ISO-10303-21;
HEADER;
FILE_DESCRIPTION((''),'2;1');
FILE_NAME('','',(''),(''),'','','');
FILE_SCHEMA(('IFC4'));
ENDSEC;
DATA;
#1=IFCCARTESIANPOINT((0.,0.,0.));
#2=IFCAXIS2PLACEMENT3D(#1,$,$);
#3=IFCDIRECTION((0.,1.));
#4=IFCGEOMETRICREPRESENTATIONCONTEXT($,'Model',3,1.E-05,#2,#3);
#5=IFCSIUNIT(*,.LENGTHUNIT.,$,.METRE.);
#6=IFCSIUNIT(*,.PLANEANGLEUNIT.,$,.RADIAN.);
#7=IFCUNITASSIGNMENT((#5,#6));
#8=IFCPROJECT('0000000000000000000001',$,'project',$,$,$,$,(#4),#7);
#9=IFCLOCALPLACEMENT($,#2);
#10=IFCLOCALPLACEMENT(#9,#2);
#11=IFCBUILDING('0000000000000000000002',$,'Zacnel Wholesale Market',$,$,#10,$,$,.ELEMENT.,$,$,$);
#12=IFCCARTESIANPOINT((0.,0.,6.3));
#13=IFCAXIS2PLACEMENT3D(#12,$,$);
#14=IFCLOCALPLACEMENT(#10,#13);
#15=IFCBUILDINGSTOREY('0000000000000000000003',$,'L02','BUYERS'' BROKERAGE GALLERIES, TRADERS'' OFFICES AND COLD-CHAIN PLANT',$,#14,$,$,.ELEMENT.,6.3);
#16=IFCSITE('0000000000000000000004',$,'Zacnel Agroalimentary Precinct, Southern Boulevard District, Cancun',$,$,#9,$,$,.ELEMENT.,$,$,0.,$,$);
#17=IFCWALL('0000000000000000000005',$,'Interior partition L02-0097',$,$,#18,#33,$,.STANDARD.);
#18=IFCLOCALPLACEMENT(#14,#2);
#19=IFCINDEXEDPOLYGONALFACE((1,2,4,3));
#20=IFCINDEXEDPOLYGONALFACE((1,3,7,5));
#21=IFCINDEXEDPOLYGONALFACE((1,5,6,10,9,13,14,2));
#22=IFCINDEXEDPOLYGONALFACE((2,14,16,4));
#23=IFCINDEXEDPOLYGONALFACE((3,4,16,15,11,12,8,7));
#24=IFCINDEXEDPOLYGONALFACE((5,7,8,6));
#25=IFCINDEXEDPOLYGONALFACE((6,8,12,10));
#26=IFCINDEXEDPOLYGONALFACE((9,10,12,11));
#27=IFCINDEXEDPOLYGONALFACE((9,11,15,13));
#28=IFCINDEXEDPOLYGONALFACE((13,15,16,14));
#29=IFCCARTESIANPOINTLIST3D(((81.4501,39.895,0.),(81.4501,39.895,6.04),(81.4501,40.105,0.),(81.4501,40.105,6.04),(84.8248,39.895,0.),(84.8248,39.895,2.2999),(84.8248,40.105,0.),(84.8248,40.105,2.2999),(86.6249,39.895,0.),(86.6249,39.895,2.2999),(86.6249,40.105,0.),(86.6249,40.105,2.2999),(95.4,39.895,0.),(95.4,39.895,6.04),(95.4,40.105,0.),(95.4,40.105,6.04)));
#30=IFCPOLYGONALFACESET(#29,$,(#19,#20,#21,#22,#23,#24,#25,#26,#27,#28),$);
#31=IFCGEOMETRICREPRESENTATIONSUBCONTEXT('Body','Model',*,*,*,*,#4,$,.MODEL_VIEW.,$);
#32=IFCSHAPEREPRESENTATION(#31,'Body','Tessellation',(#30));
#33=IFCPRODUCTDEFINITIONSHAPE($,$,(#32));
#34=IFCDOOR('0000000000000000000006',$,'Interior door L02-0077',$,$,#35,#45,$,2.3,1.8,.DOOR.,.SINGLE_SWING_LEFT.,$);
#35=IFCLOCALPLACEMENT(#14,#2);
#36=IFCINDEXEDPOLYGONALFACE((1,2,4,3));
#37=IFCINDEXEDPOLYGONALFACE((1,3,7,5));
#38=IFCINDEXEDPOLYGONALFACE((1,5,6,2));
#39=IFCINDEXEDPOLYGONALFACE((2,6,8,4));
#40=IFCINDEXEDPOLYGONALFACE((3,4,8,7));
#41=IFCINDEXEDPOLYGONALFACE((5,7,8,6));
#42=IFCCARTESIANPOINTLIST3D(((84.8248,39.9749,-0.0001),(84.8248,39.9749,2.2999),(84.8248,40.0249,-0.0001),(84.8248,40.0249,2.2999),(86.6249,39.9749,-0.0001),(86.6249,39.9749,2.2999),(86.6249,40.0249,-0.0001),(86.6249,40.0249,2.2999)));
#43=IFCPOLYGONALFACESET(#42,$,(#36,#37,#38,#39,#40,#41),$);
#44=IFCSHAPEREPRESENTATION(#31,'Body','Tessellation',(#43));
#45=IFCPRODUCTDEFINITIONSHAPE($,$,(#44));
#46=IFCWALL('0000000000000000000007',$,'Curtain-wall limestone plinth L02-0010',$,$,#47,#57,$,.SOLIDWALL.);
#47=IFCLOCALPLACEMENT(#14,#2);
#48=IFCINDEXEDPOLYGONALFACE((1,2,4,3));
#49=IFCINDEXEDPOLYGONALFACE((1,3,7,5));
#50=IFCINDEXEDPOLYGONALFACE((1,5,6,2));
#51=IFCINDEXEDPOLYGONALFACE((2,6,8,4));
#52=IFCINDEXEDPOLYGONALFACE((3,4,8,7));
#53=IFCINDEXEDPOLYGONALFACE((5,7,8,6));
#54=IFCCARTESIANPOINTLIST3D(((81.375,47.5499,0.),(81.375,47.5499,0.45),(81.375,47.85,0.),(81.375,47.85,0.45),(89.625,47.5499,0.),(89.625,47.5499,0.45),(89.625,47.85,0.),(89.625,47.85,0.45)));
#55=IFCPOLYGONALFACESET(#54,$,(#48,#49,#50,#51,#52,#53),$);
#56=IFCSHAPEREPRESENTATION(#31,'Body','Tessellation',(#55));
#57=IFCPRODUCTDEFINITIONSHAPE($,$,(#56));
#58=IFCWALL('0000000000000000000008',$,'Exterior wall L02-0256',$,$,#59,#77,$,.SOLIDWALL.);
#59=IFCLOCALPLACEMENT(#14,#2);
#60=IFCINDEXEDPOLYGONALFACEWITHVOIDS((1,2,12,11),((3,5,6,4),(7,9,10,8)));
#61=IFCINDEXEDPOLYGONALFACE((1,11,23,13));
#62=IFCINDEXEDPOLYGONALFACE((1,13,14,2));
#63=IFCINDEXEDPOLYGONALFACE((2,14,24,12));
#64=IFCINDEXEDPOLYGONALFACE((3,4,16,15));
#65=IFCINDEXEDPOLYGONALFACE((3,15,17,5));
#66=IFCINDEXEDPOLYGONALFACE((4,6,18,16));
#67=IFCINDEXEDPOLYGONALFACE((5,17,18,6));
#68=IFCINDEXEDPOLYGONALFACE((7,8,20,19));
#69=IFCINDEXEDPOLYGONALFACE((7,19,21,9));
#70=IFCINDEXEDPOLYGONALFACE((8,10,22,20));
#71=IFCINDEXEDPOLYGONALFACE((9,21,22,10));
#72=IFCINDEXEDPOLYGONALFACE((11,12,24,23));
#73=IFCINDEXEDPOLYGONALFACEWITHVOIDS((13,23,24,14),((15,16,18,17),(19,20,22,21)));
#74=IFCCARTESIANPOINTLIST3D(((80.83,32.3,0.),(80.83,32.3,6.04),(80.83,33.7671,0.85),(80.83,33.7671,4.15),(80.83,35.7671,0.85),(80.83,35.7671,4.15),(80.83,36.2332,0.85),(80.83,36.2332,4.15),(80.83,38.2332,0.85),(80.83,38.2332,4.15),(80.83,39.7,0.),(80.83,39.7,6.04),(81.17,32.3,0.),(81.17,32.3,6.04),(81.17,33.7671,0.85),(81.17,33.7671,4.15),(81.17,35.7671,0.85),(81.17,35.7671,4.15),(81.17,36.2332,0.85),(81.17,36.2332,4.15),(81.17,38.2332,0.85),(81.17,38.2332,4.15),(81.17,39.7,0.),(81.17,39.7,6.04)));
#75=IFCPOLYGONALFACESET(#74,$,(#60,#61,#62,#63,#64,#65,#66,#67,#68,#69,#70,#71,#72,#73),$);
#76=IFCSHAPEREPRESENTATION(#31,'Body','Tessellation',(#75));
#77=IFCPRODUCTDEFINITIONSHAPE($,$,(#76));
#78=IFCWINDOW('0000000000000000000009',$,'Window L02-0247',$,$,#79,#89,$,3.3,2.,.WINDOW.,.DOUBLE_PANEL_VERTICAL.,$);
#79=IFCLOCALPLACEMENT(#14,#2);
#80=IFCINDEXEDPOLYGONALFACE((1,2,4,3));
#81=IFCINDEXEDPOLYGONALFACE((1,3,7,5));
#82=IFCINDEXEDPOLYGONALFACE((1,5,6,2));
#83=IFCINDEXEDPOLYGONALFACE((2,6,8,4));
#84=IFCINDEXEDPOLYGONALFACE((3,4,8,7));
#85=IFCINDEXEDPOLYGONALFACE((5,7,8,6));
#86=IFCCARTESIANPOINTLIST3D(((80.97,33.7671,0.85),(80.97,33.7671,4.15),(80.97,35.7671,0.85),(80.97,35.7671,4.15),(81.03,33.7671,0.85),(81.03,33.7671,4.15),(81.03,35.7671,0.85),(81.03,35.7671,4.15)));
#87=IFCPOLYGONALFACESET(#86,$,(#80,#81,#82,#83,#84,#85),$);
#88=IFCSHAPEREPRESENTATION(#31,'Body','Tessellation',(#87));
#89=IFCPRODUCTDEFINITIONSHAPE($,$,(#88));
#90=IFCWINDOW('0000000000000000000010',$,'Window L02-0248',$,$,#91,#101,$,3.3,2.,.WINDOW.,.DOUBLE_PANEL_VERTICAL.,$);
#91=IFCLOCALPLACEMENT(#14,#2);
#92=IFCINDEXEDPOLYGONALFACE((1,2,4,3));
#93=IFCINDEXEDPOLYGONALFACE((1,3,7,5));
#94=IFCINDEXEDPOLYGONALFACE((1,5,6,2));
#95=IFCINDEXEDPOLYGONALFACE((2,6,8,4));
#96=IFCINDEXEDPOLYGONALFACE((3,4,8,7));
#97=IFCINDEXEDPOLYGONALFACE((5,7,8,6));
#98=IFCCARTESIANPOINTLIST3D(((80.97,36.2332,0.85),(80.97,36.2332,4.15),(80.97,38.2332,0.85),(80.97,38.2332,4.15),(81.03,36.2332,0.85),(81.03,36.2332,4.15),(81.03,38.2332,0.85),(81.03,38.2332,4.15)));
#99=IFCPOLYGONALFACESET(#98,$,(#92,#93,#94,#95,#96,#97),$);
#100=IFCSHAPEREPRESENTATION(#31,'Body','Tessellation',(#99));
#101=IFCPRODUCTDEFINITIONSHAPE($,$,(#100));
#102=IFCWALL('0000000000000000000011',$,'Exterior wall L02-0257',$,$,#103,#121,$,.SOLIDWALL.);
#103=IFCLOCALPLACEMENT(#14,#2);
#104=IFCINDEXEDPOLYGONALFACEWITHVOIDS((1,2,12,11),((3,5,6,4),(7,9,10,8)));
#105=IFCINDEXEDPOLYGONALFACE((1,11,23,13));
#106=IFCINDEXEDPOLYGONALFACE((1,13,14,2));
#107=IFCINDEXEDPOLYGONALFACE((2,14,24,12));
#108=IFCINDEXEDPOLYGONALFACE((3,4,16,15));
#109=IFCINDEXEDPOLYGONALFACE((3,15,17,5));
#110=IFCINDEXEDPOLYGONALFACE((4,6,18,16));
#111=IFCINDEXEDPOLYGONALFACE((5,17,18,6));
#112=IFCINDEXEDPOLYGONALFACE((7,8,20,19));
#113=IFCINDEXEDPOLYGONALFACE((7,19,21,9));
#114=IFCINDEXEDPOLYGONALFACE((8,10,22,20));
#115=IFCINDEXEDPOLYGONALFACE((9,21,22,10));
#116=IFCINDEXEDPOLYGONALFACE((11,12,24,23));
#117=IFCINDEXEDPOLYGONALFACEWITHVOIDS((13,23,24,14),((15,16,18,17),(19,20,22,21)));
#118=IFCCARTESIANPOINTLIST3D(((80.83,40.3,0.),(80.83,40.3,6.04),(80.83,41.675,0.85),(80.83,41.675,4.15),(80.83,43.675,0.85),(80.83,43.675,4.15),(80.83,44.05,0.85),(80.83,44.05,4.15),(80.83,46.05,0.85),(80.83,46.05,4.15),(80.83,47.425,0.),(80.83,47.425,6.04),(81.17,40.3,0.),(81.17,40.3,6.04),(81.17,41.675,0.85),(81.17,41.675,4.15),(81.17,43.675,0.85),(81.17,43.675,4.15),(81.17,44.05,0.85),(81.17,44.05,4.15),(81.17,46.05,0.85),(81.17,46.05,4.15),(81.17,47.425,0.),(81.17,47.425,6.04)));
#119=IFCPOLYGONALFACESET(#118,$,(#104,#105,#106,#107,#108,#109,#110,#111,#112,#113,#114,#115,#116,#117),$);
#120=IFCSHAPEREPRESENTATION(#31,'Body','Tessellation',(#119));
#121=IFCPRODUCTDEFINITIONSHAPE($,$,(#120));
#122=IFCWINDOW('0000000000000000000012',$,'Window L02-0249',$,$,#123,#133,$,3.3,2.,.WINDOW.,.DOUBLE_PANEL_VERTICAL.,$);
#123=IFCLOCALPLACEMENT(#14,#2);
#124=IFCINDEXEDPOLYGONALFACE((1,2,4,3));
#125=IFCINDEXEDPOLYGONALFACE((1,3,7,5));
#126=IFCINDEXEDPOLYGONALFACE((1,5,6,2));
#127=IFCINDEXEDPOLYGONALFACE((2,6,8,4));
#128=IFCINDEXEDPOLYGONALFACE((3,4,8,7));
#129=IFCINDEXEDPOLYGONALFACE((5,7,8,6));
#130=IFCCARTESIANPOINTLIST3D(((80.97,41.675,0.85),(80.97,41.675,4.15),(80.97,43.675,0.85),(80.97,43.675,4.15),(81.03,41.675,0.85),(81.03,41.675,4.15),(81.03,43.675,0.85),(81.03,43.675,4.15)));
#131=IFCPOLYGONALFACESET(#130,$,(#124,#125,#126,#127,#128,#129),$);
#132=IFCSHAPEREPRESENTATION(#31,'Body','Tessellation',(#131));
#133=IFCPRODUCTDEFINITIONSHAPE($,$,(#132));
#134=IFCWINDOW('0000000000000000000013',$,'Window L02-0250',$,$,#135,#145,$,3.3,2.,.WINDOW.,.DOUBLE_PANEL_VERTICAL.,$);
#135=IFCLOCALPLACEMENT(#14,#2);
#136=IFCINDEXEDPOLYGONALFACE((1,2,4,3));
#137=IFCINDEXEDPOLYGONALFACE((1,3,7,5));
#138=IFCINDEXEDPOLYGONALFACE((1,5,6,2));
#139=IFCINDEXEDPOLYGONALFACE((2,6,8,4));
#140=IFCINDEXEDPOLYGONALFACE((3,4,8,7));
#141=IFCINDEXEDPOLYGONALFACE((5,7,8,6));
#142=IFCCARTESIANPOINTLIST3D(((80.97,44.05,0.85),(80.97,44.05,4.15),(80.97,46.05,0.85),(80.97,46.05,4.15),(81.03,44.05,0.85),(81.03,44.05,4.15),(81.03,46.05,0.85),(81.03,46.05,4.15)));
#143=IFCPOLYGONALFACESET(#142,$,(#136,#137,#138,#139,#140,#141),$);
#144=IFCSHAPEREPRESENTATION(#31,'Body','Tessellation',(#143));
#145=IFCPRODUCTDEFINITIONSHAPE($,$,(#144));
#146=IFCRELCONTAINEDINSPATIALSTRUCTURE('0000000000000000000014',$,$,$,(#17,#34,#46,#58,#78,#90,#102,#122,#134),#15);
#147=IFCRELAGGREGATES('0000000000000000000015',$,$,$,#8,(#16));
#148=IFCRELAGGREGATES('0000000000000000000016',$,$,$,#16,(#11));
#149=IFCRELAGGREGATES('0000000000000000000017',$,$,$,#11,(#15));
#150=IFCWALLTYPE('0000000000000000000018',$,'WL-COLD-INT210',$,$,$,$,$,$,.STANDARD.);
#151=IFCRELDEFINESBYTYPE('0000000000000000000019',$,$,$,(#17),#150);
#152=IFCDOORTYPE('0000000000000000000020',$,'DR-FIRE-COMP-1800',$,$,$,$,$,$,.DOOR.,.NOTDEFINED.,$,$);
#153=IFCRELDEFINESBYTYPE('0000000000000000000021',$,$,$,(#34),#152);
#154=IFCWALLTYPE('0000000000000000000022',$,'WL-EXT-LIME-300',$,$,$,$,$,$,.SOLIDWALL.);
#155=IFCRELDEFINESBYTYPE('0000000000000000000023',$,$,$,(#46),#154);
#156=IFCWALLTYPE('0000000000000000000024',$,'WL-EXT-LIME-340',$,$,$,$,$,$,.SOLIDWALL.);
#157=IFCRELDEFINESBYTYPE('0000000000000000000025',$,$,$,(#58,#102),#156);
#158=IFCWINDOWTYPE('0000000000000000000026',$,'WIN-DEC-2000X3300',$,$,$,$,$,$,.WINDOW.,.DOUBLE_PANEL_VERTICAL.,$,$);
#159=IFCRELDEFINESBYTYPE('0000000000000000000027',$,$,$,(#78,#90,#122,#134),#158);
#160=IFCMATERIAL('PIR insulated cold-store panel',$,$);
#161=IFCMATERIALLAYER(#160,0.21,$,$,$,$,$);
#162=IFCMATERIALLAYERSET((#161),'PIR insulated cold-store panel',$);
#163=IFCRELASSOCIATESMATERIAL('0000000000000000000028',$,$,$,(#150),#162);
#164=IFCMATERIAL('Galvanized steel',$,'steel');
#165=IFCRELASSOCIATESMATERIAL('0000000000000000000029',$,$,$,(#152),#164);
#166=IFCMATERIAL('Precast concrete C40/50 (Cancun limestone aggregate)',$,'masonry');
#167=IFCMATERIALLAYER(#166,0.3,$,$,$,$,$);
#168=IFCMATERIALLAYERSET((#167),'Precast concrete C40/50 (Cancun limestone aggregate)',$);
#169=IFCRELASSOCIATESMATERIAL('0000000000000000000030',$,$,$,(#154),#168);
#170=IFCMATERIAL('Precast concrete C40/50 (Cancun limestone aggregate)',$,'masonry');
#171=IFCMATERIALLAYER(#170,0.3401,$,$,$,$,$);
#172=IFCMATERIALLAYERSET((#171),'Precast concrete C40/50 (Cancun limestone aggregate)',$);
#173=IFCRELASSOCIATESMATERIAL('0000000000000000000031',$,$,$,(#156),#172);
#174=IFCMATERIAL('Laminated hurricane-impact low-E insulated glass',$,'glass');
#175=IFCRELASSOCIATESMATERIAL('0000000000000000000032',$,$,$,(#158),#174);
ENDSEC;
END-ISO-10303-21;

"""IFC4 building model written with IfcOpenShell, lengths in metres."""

from ifc_helpers import new_model, si_unit, direction, frame, frame_2d, origin, place, context, subcontext, project, spatial, rectangle, extrude, material, layer, layer_set, type_object, element, fill, save


model = new_model("IFC4")

# Units and contexts
model_context = context("Model", 3, precision=1e-05, world=origin(), true_north=direction((0.0, 1.0)))
body_context = subcontext(model_context, "Body", "Model", "MODEL_VIEW")
ifc_project = project(units=[si_unit("LENGTHUNIT", "METRE"), si_unit("PLANEANGLEUNIT", "RADIAN")], contexts=[model_context])

# Site, building, storey
site_placement = place(None, origin())
site = spatial("IfcSite", under=ifc_project, at=site_placement, Name="Zacnel Agroalimentary Precinct, Southern Boulevard District, Cancun", CompositionType="ELEMENT", RefElevation=0.0)
building_placement = place(site_placement, origin())
building = spatial("IfcBuilding", under=site, at=building_placement, Name="Zacnel Wholesale Market", CompositionType="ELEMENT")
storey_placement = place(building_placement, frame((0.0, 0.0, 6.3)))
storey = spatial("IfcBuildingStorey", under=building, at=storey_placement, Name="L02", Description="BUYERS' BROKERAGE GALLERIES, TRADERS' OFFICES AND COLD-CHAIN PLANT", CompositionType="ELEMENT", Elevation=6.3)

# Wall, opening, door
ifc_material_1 = material(Name="PIR insulated cold-store panel")
ifc_layer_1 = layer(ifc_material_1, 0.21)
ifc_layer_set_1 = layer_set([ifc_layer_1], Name="PIR insulated cold-store panel")
wall_type_1 = type_object("IfcWallType", Name="WL-COLD-INT210", PredefinedType="STANDARD", material=ifc_layer_set_1)
wall_1_placement = place(storey_placement, frame((81.45, 40.0, 0.0), z_axis=(0.0, 0.0, 1.0), x_axis=(1.0, 0.0, 0.0)))
wall_1 = element("IfcWall", 1, at=wall_1_placement, inside=storey, type_object=wall_type_1, Name="Interior partition L02-0097", PredefinedType="STANDARD", context=body_context, shape_type="SweptSolid", body=[
    extrude(rectangle(XDim=13.95, YDim=0.21, at=frame_2d((6.9751, 0.0))), origin(), (0.0, 0.0, 1.0), 6.04),
])
opening_1_placement = place(wall_1_placement, frame((3.375, 0.0, 0.0)))
opening_1 = element("IfcOpeningElement", 2, at=opening_1_placement, cuts=wall_1, PredefinedType="OPENING", context=body_context, shape_type="SweptSolid", body=[
    extrude(rectangle(XDim=1.8, YDim=2.3, at=frame_2d((0.8999, 1.1499))), frame((0.0, 0.115, 0.0), z_axis=(0.0, -1.0, 0.0), x_axis=(1.0, 0.0, 0.0)), (0.0, 0.0, 1.0), 0.23),
])
ifc_material_2 = material(Name="Galvanized steel", Category="steel")
door_type = type_object("IfcDoorType", Name="DR-FIRE-COMP-1800", OperationType="NOTDEFINED", PredefinedType="DOOR", material=ifc_material_2)
door_placement = place(opening_1_placement, origin())
door = element("IfcDoor", 3, at=door_placement, inside=storey, type_object=door_type, Name="Interior door L02-0077", OperationType="SINGLE_SWING_LEFT", OverallHeight=2.3, OverallWidth=1.8, PredefinedType="DOOR", context=body_context, shape_type="SweptSolid", body=[
    extrude(rectangle(XDim=1.8, YDim=2.3, at=frame_2d((0.8999, 1.1499))), frame((0.0, 0.0249, 0.0), z_axis=(0.0, -1.0, 0.0), x_axis=(1.0, 0.0, 0.0)), (0.0, 0.0, 1.0), 0.05),
])
fill(opening_1, door)

# Wall
ifc_material_3 = material(Name="Precast concrete C40/50 (Cancun limestone aggregate)", Category="masonry")
ifc_layer_2 = layer(ifc_material_3, 0.3)
ifc_layer_set_2 = layer_set([ifc_layer_2], Name="Precast concrete C40/50 (Cancun limestone aggregate)")
wall_type_2 = type_object("IfcWallType", Name="WL-EXT-LIME-300", PredefinedType="SOLIDWALL", material=ifc_layer_set_2)
wall_2_placement = place(storey_placement, frame((81.375, 47.7, 0.0), z_axis=(0.0, 0.0, 1.0), x_axis=(1.0, 0.0, 0.0)))
element("IfcWall", 4, at=wall_2_placement, inside=storey, type_object=wall_type_2, Name="Curtain-wall limestone plinth L02-0010", PredefinedType="SOLIDWALL", context=body_context, shape_type="SweptSolid", body=[
    extrude(rectangle(XDim=8.25, YDim=0.3, at=frame_2d((4.125, 0.0))), origin(), (0.0, 0.0, 1.0), 0.45),
])

# Walls, openings, windows
ifc_material_4 = material(Name="Precast concrete C40/50 (Cancun limestone aggregate)", Category="masonry")
ifc_layer_3 = layer(ifc_material_4, 0.3401)
ifc_layer_set_3 = layer_set([ifc_layer_3], Name="Precast concrete C40/50 (Cancun limestone aggregate)")
wall_type_3 = type_object("IfcWallType", Name="WL-EXT-LIME-340", PredefinedType="SOLIDWALL", material=ifc_layer_set_3)
wall_3_placement = place(storey_placement, frame((81.0, 32.3, 0.0), z_axis=(0.0, 0.0, 1.0), x_axis=(0.0, 1.0, 0.0)))
wall_3 = element("IfcWall", 5, at=wall_3_placement, inside=storey, type_object=wall_type_3, Name="Exterior wall L02-0256", PredefinedType="SOLIDWALL", context=body_context, shape_type="SweptSolid", body=[
    extrude(rectangle(XDim=7.3999, YDim=0.3401, at=frame_2d((3.7, 0.0))), origin(), (0.0, 0.0, 1.0), 6.04),
])
opening_2_placement = place(wall_3_placement, frame((1.467, 0.0, 0.8501)))
opening_2 = element("IfcOpeningElement", 6, at=opening_2_placement, cuts=wall_3, PredefinedType="OPENING", context=body_context, shape_type="SweptSolid", body=[
    extrude(rectangle(XDim=2.0, YDim=3.3, at=frame_2d((1.0, 1.6499))), frame((0.0, 0.1799, 0.0), z_axis=(0.0, -1.0, 0.0), x_axis=(1.0, 0.0, 0.0)), (0.0, 0.0, 1.0), 0.3601),
])
opening_3_placement = place(wall_3_placement, frame((3.9331, 0.0, 0.8501)))
opening_3 = element("IfcOpeningElement", 7, at=opening_3_placement, cuts=wall_3, PredefinedType="OPENING", context=body_context, shape_type="SweptSolid", body=[
    extrude(rectangle(XDim=2.0, YDim=3.3, at=frame_2d((1.0, 1.6499))), frame((0.0, 0.1799, 0.0), z_axis=(0.0, -1.0, 0.0), x_axis=(1.0, 0.0, 0.0)), (0.0, 0.0, 1.0), 0.3601),
])
ifc_material_5 = material(Name="Laminated hurricane-impact low-E insulated glass", Category="glass")
window_type = type_object("IfcWindowType", Name="WIN-DEC-2000X3300", PartitioningType="DOUBLE_PANEL_VERTICAL", PredefinedType="WINDOW", material=ifc_material_5)
window_1_placement = place(opening_2_placement, origin())
window_1 = element("IfcWindow", 8, at=window_1_placement, inside=storey, type_object=window_type, Name="Window L02-0247", OverallHeight=3.3, OverallWidth=2.0, PartitioningType="DOUBLE_PANEL_VERTICAL", PredefinedType="WINDOW", context=body_context, shape_type="SweptSolid", body=[
    extrude(rectangle(XDim=2.0, YDim=3.3, at=frame_2d((1.0, 1.6499))), frame((0.0, 0.03, 0.0), z_axis=(0.0, -1.0, 0.0), x_axis=(1.0, 0.0, 0.0)), (0.0, 0.0, 1.0), 0.0601),
])
fill(opening_2, window_1)
window_2_placement = place(opening_3_placement, origin())
window_2 = element("IfcWindow", 9, at=window_2_placement, inside=storey, type_object=window_type, Name="Window L02-0248", OverallHeight=3.3, OverallWidth=2.0, PartitioningType="DOUBLE_PANEL_VERTICAL", PredefinedType="WINDOW", context=body_context, shape_type="SweptSolid", body=[
    extrude(rectangle(XDim=2.0, YDim=3.3, at=frame_2d((1.0, 1.6499))), frame((0.0, 0.03, 0.0), z_axis=(0.0, -1.0, 0.0), x_axis=(1.0, 0.0, 0.0)), (0.0, 0.0, 1.0), 0.0601),
])
fill(opening_3, window_2)
wall_4_placement = place(storey_placement, frame((81.0, 40.3, 0.0), z_axis=(0.0, 0.0, 1.0), x_axis=(0.0, 1.0, 0.0)))
wall_4 = element("IfcWall", 10, at=wall_4_placement, inside=storey, type_object=wall_type_3, Name="Exterior wall L02-0257", PredefinedType="SOLIDWALL", context=body_context, shape_type="SweptSolid", body=[
    extrude(rectangle(XDim=7.125, YDim=0.3401, at=frame_2d((3.5625, 0.0))), origin(), (0.0, 0.0, 1.0), 6.04),
])
opening_4_placement = place(wall_4_placement, frame((1.375, 0.0, 0.8501)))
opening_4 = element("IfcOpeningElement", 11, at=opening_4_placement, cuts=wall_4, PredefinedType="OPENING", context=body_context, shape_type="SweptSolid", body=[
    extrude(rectangle(XDim=2.0, YDim=3.3, at=frame_2d((1.0, 1.6499))), frame((0.0, 0.1799, 0.0), z_axis=(0.0, -1.0, 0.0), x_axis=(1.0, 0.0, 0.0)), (0.0, 0.0, 1.0), 0.3601),
])
opening_5_placement = place(wall_4_placement, frame((3.75, 0.0, 0.8501)))
opening_5 = element("IfcOpeningElement", 12, at=opening_5_placement, cuts=wall_4, PredefinedType="OPENING", context=body_context, shape_type="SweptSolid", body=[
    extrude(rectangle(XDim=2.0, YDim=3.3, at=frame_2d((1.0, 1.6499))), frame((0.0, 0.1799, 0.0), z_axis=(0.0, -1.0, 0.0), x_axis=(1.0, 0.0, 0.0)), (0.0, 0.0, 1.0), 0.3601),
])
window_3_placement = place(opening_4_placement, origin())
window_3 = element("IfcWindow", 13, at=window_3_placement, inside=storey, type_object=window_type, Name="Window L02-0249", OverallHeight=3.3, OverallWidth=2.0, PartitioningType="DOUBLE_PANEL_VERTICAL", PredefinedType="WINDOW", context=body_context, shape_type="SweptSolid", body=[
    extrude(rectangle(XDim=2.0, YDim=3.3, at=frame_2d((1.0, 1.6499))), frame((0.0, 0.03, 0.0), z_axis=(0.0, -1.0, 0.0), x_axis=(1.0, 0.0, 0.0)), (0.0, 0.0, 1.0), 0.0601),
])
fill(opening_4, window_3)
window_4_placement = place(opening_5_placement, origin())
window_4 = element("IfcWindow", 14, at=window_4_placement, inside=storey, type_object=window_type, Name="Window L02-0250", OverallHeight=3.3, OverallWidth=2.0, PartitioningType="DOUBLE_PANEL_VERTICAL", PredefinedType="WINDOW", context=body_context, shape_type="SweptSolid", body=[
    extrude(rectangle(XDim=2.0, YDim=3.3, at=frame_2d((1.0, 1.6499))), frame((0.0, 0.03, 0.0), z_axis=(0.0, -1.0, 0.0), x_axis=(1.0, 0.0, 0.0)), (0.0, 0.0, 1.0), 0.0601),
])
fill(opening_5, window_4)

save(model, "model.ifc")
